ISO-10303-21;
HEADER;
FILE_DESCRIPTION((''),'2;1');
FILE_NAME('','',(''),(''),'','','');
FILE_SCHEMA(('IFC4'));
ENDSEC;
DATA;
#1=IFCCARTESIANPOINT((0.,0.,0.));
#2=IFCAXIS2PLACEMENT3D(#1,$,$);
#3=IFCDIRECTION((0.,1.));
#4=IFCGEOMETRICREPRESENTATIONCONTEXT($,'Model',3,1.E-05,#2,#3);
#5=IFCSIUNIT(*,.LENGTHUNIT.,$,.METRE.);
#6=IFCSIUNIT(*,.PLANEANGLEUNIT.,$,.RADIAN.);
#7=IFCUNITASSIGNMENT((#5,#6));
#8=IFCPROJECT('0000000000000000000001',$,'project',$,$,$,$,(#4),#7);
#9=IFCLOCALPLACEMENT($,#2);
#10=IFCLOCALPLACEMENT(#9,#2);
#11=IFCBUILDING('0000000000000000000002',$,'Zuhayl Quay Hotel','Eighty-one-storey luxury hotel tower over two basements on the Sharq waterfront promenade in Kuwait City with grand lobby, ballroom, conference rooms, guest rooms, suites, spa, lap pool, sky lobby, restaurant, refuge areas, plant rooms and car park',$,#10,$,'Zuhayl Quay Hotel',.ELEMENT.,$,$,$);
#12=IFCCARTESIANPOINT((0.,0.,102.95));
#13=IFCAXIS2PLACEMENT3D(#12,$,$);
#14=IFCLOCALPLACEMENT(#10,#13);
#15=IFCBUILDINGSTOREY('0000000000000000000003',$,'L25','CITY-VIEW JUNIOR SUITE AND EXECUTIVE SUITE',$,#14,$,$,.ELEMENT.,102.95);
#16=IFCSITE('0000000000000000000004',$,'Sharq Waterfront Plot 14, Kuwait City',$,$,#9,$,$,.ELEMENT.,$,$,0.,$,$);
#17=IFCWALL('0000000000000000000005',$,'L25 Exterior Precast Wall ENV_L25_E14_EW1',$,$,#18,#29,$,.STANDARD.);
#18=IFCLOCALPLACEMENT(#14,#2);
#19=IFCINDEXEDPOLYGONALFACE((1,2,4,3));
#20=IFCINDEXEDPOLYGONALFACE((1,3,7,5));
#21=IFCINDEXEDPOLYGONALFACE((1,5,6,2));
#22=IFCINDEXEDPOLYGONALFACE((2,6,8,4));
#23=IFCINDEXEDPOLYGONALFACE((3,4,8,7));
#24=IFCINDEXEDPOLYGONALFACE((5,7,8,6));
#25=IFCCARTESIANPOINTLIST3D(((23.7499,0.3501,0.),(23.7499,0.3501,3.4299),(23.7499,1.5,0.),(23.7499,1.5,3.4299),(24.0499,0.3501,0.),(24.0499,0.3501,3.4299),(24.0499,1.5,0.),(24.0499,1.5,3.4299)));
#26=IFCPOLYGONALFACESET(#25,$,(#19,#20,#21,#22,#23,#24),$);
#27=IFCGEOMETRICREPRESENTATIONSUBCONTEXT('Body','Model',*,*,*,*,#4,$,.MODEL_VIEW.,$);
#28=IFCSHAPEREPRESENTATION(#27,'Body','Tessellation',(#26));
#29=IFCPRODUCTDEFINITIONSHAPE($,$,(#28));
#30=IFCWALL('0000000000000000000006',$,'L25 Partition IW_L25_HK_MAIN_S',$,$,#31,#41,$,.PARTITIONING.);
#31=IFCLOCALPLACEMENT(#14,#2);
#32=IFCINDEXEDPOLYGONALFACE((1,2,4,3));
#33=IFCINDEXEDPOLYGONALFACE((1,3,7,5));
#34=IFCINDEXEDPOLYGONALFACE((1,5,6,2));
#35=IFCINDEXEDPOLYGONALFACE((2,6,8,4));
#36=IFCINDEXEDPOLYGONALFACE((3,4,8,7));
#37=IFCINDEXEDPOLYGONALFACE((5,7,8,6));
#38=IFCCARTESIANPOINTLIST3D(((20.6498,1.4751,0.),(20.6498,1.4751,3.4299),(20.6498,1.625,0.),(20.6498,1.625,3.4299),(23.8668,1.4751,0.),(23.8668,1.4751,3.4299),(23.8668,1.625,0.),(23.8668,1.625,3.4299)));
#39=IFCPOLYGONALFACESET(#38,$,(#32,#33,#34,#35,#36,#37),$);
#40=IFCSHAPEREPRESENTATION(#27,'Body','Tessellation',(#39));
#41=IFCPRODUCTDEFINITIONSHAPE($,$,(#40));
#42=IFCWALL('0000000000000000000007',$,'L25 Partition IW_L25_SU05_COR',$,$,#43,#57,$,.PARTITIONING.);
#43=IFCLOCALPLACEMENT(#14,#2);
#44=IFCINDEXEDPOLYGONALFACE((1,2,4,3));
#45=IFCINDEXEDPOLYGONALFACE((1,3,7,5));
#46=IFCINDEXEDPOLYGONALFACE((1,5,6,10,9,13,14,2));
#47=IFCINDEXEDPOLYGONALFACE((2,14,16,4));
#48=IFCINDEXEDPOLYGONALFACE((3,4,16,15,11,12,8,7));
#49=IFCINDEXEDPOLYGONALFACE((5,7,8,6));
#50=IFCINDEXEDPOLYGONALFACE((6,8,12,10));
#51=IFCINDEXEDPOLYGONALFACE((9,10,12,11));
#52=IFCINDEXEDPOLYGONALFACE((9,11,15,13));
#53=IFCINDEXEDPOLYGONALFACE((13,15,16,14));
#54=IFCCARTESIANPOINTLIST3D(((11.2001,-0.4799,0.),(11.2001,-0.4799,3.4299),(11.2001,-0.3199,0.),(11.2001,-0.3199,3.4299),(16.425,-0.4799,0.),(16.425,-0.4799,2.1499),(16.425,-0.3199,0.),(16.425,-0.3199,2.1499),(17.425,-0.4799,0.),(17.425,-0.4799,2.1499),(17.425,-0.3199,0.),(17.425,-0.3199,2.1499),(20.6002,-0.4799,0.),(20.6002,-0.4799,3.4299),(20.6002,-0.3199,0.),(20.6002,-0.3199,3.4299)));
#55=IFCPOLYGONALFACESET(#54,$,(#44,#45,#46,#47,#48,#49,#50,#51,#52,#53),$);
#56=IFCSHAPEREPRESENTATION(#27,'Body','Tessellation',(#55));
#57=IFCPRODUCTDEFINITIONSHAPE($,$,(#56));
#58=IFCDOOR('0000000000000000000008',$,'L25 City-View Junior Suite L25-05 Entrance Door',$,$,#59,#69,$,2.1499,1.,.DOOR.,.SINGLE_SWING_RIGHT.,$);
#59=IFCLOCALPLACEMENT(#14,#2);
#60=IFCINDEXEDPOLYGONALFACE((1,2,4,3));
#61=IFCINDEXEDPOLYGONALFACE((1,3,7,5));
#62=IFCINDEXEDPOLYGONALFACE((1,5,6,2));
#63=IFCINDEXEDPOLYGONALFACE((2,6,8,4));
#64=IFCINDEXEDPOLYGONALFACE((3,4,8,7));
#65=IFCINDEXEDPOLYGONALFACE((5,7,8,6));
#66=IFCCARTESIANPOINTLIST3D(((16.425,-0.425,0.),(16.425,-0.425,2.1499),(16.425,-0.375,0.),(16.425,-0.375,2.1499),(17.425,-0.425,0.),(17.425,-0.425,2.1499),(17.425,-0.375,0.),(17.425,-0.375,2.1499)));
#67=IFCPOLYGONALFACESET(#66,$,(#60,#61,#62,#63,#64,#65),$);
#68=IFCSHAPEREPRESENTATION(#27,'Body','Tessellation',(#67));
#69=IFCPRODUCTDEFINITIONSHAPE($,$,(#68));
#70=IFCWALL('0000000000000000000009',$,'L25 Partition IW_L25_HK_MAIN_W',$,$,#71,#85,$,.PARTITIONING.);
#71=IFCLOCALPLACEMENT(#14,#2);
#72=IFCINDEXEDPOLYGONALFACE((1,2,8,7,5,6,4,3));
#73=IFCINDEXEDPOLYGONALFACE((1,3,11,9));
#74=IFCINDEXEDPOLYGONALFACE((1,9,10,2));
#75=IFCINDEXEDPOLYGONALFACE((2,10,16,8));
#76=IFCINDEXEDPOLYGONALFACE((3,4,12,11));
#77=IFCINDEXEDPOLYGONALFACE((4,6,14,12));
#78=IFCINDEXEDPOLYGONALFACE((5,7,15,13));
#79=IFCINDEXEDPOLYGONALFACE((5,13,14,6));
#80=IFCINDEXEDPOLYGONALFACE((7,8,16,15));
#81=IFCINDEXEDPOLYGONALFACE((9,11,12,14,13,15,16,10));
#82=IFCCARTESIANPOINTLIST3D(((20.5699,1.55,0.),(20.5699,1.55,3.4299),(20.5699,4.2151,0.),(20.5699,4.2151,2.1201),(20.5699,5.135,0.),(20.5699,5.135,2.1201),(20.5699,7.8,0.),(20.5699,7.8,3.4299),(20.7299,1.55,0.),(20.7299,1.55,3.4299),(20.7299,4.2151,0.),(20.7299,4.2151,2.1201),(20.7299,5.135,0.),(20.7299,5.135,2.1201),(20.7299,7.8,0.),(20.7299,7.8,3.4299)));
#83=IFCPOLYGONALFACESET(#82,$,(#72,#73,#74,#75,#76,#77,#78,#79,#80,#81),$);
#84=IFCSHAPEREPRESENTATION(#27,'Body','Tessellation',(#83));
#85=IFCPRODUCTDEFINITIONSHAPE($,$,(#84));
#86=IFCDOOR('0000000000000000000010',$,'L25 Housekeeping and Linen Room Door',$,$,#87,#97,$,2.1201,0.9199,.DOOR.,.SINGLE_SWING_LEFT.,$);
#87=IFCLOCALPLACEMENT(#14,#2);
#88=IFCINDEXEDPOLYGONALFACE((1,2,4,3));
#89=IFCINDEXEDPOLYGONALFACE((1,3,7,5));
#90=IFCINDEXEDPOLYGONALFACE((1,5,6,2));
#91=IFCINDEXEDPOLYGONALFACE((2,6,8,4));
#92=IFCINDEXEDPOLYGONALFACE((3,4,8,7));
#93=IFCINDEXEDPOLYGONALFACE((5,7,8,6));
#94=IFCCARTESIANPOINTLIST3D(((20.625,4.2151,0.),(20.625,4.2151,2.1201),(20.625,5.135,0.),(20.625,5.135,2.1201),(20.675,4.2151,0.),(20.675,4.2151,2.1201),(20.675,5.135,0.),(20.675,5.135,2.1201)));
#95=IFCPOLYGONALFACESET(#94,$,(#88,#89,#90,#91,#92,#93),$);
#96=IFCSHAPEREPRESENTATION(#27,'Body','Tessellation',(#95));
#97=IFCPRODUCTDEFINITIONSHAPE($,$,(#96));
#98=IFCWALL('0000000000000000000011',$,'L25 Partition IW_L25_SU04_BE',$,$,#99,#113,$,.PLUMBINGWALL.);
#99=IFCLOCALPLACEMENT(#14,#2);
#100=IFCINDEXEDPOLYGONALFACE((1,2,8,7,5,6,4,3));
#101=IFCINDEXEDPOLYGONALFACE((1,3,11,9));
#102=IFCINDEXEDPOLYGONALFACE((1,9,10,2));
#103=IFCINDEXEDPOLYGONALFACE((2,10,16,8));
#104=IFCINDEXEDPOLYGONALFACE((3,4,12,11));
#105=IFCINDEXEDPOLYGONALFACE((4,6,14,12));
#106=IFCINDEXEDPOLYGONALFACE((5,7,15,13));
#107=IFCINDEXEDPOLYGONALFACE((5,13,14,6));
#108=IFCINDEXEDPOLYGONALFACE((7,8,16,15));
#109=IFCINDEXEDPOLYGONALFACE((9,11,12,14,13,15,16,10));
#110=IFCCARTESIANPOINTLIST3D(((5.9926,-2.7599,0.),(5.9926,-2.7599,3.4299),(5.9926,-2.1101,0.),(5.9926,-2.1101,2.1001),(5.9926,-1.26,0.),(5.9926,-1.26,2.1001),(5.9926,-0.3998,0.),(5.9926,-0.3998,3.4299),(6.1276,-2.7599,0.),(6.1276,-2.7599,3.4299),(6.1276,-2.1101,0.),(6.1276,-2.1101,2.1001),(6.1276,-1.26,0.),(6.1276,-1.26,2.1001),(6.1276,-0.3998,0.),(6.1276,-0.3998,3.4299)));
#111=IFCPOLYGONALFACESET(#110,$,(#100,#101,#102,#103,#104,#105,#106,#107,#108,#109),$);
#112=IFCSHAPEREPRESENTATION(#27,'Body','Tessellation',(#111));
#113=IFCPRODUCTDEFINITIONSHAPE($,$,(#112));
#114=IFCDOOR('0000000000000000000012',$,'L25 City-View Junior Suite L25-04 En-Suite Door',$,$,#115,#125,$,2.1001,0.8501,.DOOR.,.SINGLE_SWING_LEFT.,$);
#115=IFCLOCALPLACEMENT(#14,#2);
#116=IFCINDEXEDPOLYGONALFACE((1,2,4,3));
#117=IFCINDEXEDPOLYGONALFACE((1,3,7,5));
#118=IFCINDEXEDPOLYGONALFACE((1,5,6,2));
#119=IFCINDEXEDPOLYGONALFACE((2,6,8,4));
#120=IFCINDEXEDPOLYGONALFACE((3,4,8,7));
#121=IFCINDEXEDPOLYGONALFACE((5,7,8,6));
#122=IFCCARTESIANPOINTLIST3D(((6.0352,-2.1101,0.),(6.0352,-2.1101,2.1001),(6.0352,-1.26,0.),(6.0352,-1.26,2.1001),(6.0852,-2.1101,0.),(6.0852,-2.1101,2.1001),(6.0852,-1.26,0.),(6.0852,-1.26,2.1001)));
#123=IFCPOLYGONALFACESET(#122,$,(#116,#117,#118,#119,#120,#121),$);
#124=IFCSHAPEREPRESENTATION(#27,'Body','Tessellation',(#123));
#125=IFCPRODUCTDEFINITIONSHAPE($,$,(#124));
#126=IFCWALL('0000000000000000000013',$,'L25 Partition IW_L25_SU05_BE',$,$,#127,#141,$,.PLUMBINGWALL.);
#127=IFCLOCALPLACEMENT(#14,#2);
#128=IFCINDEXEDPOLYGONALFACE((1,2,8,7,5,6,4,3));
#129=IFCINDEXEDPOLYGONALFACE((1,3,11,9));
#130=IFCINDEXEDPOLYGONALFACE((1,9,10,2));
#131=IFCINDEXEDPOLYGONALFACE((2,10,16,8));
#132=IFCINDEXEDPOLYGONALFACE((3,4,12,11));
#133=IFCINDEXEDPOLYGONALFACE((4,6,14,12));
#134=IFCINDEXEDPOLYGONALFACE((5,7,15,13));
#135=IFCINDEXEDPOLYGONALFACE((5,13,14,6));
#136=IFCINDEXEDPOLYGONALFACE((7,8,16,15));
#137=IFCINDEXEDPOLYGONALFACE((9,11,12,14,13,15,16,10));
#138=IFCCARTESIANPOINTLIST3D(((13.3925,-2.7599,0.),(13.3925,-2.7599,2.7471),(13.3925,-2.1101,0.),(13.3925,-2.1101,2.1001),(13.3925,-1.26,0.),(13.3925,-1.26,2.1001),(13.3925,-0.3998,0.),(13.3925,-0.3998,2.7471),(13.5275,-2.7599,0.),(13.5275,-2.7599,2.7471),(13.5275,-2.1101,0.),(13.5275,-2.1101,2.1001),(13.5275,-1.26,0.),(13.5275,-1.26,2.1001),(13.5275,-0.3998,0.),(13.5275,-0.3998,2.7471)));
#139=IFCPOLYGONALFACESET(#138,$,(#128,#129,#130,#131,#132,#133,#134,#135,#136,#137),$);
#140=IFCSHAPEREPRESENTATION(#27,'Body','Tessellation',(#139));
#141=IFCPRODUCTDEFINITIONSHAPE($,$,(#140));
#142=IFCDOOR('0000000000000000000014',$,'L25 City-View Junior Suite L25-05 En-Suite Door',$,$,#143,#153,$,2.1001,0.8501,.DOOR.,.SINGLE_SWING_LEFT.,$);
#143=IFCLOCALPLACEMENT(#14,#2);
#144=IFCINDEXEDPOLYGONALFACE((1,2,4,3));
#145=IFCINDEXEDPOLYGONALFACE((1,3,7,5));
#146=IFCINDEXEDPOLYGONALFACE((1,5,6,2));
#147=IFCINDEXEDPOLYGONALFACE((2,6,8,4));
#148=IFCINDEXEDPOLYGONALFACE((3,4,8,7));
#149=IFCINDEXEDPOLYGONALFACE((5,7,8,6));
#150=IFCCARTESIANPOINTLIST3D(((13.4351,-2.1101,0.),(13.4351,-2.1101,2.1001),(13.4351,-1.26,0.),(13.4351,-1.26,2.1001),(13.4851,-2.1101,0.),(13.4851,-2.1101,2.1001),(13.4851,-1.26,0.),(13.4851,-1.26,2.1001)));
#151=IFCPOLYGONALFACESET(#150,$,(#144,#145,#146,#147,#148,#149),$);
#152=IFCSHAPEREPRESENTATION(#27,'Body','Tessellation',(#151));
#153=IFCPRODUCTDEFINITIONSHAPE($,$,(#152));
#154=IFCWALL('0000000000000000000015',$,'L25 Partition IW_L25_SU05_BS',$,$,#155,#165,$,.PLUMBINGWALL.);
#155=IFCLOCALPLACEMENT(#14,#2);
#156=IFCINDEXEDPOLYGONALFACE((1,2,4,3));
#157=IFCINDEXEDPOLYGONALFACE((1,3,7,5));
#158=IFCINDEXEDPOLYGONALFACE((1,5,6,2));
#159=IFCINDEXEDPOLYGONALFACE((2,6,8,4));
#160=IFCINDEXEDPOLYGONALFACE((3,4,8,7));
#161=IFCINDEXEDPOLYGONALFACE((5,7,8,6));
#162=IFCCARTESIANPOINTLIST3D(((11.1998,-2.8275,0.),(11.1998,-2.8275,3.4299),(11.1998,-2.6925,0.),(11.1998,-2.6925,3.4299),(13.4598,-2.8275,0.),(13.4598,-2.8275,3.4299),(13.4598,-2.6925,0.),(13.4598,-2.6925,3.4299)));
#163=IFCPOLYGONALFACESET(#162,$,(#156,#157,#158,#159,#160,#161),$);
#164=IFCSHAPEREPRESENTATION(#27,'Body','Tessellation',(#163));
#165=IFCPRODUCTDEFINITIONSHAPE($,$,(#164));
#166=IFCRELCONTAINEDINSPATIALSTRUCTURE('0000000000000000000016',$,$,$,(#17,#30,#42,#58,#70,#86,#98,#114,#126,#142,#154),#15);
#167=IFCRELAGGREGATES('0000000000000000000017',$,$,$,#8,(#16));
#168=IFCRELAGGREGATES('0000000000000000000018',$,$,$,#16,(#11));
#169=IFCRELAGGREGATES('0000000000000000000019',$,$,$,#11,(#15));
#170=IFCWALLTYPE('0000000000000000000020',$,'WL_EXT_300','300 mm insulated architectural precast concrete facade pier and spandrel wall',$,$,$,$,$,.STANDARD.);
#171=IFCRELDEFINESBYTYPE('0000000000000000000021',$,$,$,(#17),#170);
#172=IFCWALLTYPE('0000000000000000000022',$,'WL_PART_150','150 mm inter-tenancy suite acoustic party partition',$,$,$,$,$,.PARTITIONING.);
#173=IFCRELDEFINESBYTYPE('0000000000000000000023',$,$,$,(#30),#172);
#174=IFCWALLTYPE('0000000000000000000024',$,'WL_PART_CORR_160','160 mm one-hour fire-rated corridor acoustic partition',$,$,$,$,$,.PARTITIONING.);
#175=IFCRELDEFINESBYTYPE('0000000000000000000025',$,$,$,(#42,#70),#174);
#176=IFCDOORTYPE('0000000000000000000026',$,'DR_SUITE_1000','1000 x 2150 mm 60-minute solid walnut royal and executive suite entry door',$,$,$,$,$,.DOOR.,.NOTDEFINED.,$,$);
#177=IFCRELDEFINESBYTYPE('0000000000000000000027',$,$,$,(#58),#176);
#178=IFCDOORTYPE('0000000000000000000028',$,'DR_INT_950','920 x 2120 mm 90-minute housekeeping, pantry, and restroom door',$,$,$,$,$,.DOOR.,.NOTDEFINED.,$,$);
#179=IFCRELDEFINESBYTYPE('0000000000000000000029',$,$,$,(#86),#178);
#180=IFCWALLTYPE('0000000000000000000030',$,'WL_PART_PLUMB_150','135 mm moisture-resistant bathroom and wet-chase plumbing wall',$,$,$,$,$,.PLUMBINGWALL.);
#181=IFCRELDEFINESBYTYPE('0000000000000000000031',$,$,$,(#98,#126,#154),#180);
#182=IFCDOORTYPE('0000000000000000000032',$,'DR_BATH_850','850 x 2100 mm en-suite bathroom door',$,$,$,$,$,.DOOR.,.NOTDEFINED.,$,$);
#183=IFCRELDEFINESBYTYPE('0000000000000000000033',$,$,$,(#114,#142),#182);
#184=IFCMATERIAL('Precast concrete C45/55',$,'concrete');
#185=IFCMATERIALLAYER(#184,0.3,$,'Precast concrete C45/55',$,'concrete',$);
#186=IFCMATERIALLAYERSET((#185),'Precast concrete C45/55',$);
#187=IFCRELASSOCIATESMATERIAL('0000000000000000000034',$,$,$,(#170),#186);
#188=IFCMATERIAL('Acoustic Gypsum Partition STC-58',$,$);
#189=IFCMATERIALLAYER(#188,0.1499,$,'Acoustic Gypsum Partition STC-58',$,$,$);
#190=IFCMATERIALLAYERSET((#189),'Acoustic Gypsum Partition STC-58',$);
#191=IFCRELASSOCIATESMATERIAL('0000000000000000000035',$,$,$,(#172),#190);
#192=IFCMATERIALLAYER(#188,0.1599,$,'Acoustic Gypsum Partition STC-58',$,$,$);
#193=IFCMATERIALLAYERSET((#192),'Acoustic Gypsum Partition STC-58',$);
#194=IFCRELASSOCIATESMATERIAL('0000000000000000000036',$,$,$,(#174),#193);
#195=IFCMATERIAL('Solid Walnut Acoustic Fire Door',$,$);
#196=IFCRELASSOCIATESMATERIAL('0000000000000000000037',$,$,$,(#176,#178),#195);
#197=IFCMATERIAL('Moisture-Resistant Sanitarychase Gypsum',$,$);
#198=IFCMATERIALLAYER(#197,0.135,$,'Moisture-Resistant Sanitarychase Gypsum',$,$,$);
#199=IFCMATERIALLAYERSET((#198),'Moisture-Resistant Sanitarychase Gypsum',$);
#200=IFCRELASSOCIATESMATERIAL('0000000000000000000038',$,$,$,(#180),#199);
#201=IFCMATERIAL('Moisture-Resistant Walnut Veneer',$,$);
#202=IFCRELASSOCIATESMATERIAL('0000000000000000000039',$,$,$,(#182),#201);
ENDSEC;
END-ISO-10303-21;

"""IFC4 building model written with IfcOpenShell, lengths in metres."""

from ifc_helpers import new_model, si_unit, direction, frame, frame_2d, origin, place, context, subcontext, project, spatial, rectangle, extrude, material, layer, layer_set, type_object, element, fill, save


model = new_model("IFC4")

# Units and contexts
model_context = context("Model", 3, precision=1e-05, world=origin(), true_north=direction((0.0, 1.0)))
body_context = subcontext(model_context, "Body", "Model", "MODEL_VIEW")
ifc_project = project(units=[si_unit("LENGTHUNIT", "METRE"), si_unit("PLANEANGLEUNIT", "RADIAN")], contexts=[model_context])

# Site, building, storey
site_placement = place(None, origin())
site = spatial("IfcSite", under=ifc_project, at=site_placement, Name="Sharq Waterfront Plot 14, Kuwait City", CompositionType="ELEMENT", RefElevation=0.0)
building_placement = place(site_placement, origin())
building = spatial("IfcBuilding", under=site, at=building_placement, Name="Zuhayl Quay Hotel", Description="Eighty-one-storey luxury hotel tower over two basements on the Sharq waterfront promenade in Kuwait City with grand lobby, ballroom, conference rooms, guest rooms, suites, spa, lap pool, sky lobby, restaurant, refuge areas, plant rooms and car park", LongName="Zuhayl Quay Hotel", CompositionType="ELEMENT")
storey_placement = place(building_placement, frame((0.0, 0.0, 102.95)))
storey = spatial("IfcBuildingStorey", under=building, at=storey_placement, Name="L25", Description="CITY-VIEW JUNIOR SUITE AND EXECUTIVE SUITE", CompositionType="ELEMENT", Elevation=102.95)

# Walls
ifc_material_1 = material(Name="Precast concrete C45/55", Category="concrete")
ifc_layer_1 = layer(ifc_material_1, 0.3, Name="Precast concrete C45/55", Category="concrete")
ifc_layer_set_1 = layer_set([ifc_layer_1], Name="Precast concrete C45/55")
wall_type_1 = type_object("IfcWallType", Name="WL_EXT_300", Description="300 mm insulated architectural precast concrete facade pier and spandrel wall", PredefinedType="STANDARD", material=ifc_layer_set_1)
wall_1_placement = place(storey_placement, frame((23.8999, 1.5, 0.0), z_axis=(0.0, 0.0, 1.0), x_axis=(0.0, -1.0, 0.0)))
element("IfcWall", 1, at=wall_1_placement, inside=storey, type_object=wall_type_1, Name="L25 Exterior Precast Wall ENV_L25_E14_EW1", PredefinedType="STANDARD", context=body_context, shape_type="SweptSolid", body=[
    extrude(rectangle(XDim=1.1499, YDim=0.3, at=frame_2d((0.575, 0.0))), origin(), (0.0, 0.0, 1.0), 3.4299),
])
ifc_material_2 = material(Name="Acoustic Gypsum Partition STC-58")
ifc_layer_2 = layer(ifc_material_2, 0.1499, Name="Acoustic Gypsum Partition STC-58")
ifc_layer_set_2 = layer_set([ifc_layer_2], Name="Acoustic Gypsum Partition STC-58")
wall_type_2 = type_object("IfcWallType", Name="WL_PART_150", Description="150 mm inter-tenancy suite acoustic party partition", PredefinedType="PARTITIONING", material=ifc_layer_set_2)
wall_2_placement = place(storey_placement, frame((20.6499, 1.55, 0.0), z_axis=(0.0, 0.0, 1.0), x_axis=(1.0, 0.0, 0.0)))
element("IfcWall", 2, at=wall_2_placement, inside=storey, type_object=wall_type_2, Name="L25 Partition IW_L25_HK_MAIN_S", PredefinedType="PARTITIONING", context=body_context, shape_type="SweptSolid", body=[
    extrude(rectangle(XDim=3.217, YDim=0.1499, at=frame_2d((1.6084, 0.0))), origin(), (0.0, 0.0, 1.0), 3.4299),
])

# Walls, openings, doors
ifc_layer_3 = layer(ifc_material_2, 0.1599, Name="Acoustic Gypsum Partition STC-58")
ifc_layer_set_3 = layer_set([ifc_layer_3], Name="Acoustic Gypsum Partition STC-58")
wall_type_3 = type_object("IfcWallType", Name="WL_PART_CORR_160", Description="160 mm one-hour fire-rated corridor acoustic partition", PredefinedType="PARTITIONING", material=ifc_layer_set_3)
wall_3_placement = place(storey_placement, frame((11.2, -0.3999, 0.0), z_axis=(0.0, 0.0, 1.0), x_axis=(1.0, 0.0, 0.0)))
wall_3 = element("IfcWall", 3, at=wall_3_placement, inside=storey, type_object=wall_type_3, Name="L25 Partition IW_L25_SU05_COR", PredefinedType="PARTITIONING", context=body_context, shape_type="SweptSolid", body=[
    extrude(rectangle(XDim=9.4001, YDim=0.1599, at=frame_2d((4.7002, 0.0))), origin(), (0.0, 0.0, 1.0), 3.4299),
])
opening_1_placement = place(wall_3_placement, frame((5.2251, 0.0, 0.0)))
opening_1 = element("IfcOpeningElement", 4, at=opening_1_placement, cuts=wall_3, PredefinedType="OPENING", context=body_context, shape_type="SweptSolid", body=[
    extrude(rectangle(XDim=1.0, YDim=2.1499, at=frame_2d((0.5, 1.075))), frame((0.0, 0.0898, 0.0), z_axis=(0.0, -1.0, 0.0), x_axis=(1.0, 0.0, 0.0)), (0.0, 0.0, 1.0), 0.1799),
])
ifc_material_3 = material(Name="Solid Walnut Acoustic Fire Door")
door_type_1 = type_object("IfcDoorType", Name="DR_SUITE_1000", Description="1000 x 2150 mm 60-minute solid walnut royal and executive suite entry door", OperationType="NOTDEFINED", PredefinedType="DOOR", material=ifc_material_3)
door_1_placement = place(opening_1_placement, origin())
door_1 = element("IfcDoor", 5, at=door_1_placement, inside=storey, type_object=door_type_1, Name="L25 City-View Junior Suite L25-05 Entrance Door", OperationType="SINGLE_SWING_RIGHT", OverallHeight=2.1499, OverallWidth=1.0, PredefinedType="DOOR", context=body_context, shape_type="SweptSolid", body=[
    extrude(rectangle(XDim=1.0, YDim=2.1499, at=frame_2d((0.5, 1.075))), frame((0.0, 0.0249, 0.0), z_axis=(0.0, -1.0, 0.0), x_axis=(1.0, 0.0, 0.0)), (0.0, 0.0, 1.0), 0.05),
])
fill(opening_1, door_1)
wall_4_placement = place(storey_placement, frame((20.6499, 1.55, 0.0), z_axis=(0.0, 0.0, 1.0), x_axis=(0.0, 1.0, 0.0)))
wall_4 = element("IfcWall", 6, at=wall_4_placement, inside=storey, type_object=wall_type_3, Name="L25 Partition IW_L25_HK_MAIN_W", PredefinedType="PARTITIONING", context=body_context, shape_type="SweptSolid", body=[
    extrude(rectangle(XDim=6.25, YDim=0.1599, at=frame_2d((3.125, 0.0))), origin(), (0.0, 0.0, 1.0), 3.4299),
])
opening_2_placement = place(wall_4_placement, frame((2.665, 0.0, 0.0)))
opening_2 = element("IfcOpeningElement", 7, at=opening_2_placement, cuts=wall_4, PredefinedType="OPENING", context=body_context, shape_type="SweptSolid", body=[
    extrude(rectangle(XDim=0.9199, YDim=2.1201, at=frame_2d((0.46, 1.0601))), frame((0.0, 0.0898, 0.0), z_axis=(0.0, -1.0, 0.0), x_axis=(1.0, 0.0, 0.0)), (0.0, 0.0, 1.0), 0.1799),
])
door_type_2 = type_object("IfcDoorType", Name="DR_INT_950", Description="920 x 2120 mm 90-minute housekeeping, pantry, and restroom door", OperationType="NOTDEFINED", PredefinedType="DOOR", material=ifc_material_3)
door_2_placement = place(opening_2_placement, origin())
door_2 = element("IfcDoor", 8, at=door_2_placement, inside=storey, type_object=door_type_2, Name="L25 Housekeeping and Linen Room Door", OperationType="SINGLE_SWING_LEFT", OverallHeight=2.1201, OverallWidth=0.9199, PredefinedType="DOOR", context=body_context, shape_type="SweptSolid", body=[
    extrude(rectangle(XDim=0.9199, YDim=2.1201, at=frame_2d((0.46, 1.0601))), frame((0.0, 0.0249, 0.0), z_axis=(0.0, -1.0, 0.0), x_axis=(1.0, 0.0, 0.0)), (0.0, 0.0, 1.0), 0.05),
])
fill(opening_2, door_2)
ifc_material_4 = material(Name="Moisture-Resistant Sanitarychase Gypsum")
ifc_layer_4 = layer(ifc_material_4, 0.135, Name="Moisture-Resistant Sanitarychase Gypsum")
ifc_layer_set_4 = layer_set([ifc_layer_4], Name="Moisture-Resistant Sanitarychase Gypsum")
wall_type_4 = type_object("IfcWallType", Name="WL_PART_PLUMB_150", Description="135 mm moisture-resistant bathroom and wet-chase plumbing wall", PredefinedType="PLUMBINGWALL", material=ifc_layer_set_4)
wall_5_placement = place(storey_placement, frame((6.0601, -2.76, 0.0), z_axis=(0.0, 0.0, 1.0), x_axis=(0.0, 1.0, 0.0)))
wall_5 = element("IfcWall", 9, at=wall_5_placement, inside=storey, type_object=wall_type_4, Name="L25 Partition IW_L25_SU04_BE", PredefinedType="PLUMBINGWALL", context=body_context, shape_type="SweptSolid", body=[
    extrude(rectangle(XDim=2.3601, YDim=0.135, at=frame_2d((1.1802, 0.0))), origin(), (0.0, 0.0, 1.0), 3.4299),
])
opening_3_placement = place(wall_5_placement, frame((0.6499, 0.0, 0.0)))
opening_3 = element("IfcOpeningElement", 10, at=opening_3_placement, cuts=wall_5, PredefinedType="OPENING", context=body_context, shape_type="SweptSolid", body=[
    extrude(rectangle(XDim=0.8501, YDim=2.1001, at=frame_2d((0.425, 1.05))), frame((0.0, 0.0774, 0.0), z_axis=(0.0, -1.0, 0.0), x_axis=(1.0, 0.0, 0.0)), (0.0, 0.0, 1.0), 0.155),
])
ifc_material_5 = material(Name="Moisture-Resistant Walnut Veneer")
door_type_3 = type_object("IfcDoorType", Name="DR_BATH_850", Description="850 x 2100 mm en-suite bathroom door", OperationType="NOTDEFINED", PredefinedType="DOOR", material=ifc_material_5)
door_3_placement = place(opening_3_placement, origin())
door_3 = element("IfcDoor", 11, at=door_3_placement, inside=storey, type_object=door_type_3, Name="L25 City-View Junior Suite L25-04 En-Suite Door", OperationType="SINGLE_SWING_LEFT", OverallHeight=2.1001, OverallWidth=0.8501, PredefinedType="DOOR", context=body_context, shape_type="SweptSolid", body=[
    extrude(rectangle(XDim=0.8501, YDim=2.1001, at=frame_2d((0.425, 1.05))), frame((0.0, 0.0249, 0.0), z_axis=(0.0, -1.0, 0.0), x_axis=(1.0, 0.0, 0.0)), (0.0, 0.0, 1.0), 0.05),
])
fill(opening_3, door_3)
wall_6_placement = place(storey_placement, frame((13.46, -2.76, 0.0), z_axis=(0.0, 0.0, 1.0), x_axis=(0.0, 1.0, 0.0)))
wall_6 = element("IfcWall", 12, at=wall_6_placement, inside=storey, type_object=wall_type_4, Name="L25 Partition IW_L25_SU05_BE", PredefinedType="PLUMBINGWALL", context=body_context, shape_type="SweptSolid", body=[
    extrude(rectangle(XDim=2.3601, YDim=0.135, at=frame_2d((1.1802, 0.0))), origin(), (0.0, 0.0, 1.0), 2.7471),
])
opening_4_placement = place(wall_6_placement, frame((0.6499, 0.0, 0.0)))
opening_4 = element("IfcOpeningElement", 13, at=opening_4_placement, cuts=wall_6, PredefinedType="OPENING", context=body_context, shape_type="SweptSolid", body=[
    extrude(rectangle(XDim=0.8501, YDim=2.1001, at=frame_2d((0.425, 1.05))), frame((0.0, 0.0774, 0.0), z_axis=(0.0, -1.0, 0.0), x_axis=(1.0, 0.0, 0.0)), (0.0, 0.0, 1.0), 0.155),
])
door_4_placement = place(opening_4_placement, origin())
door_4 = element("IfcDoor", 14, at=door_4_placement, inside=storey, type_object=door_type_3, Name="L25 City-View Junior Suite L25-05 En-Suite Door", OperationType="SINGLE_SWING_LEFT", OverallHeight=2.1001, OverallWidth=0.8501, PredefinedType="DOOR", context=body_context, shape_type="SweptSolid", body=[
    extrude(rectangle(XDim=0.8501, YDim=2.1001, at=frame_2d((0.425, 1.05))), frame((0.0, 0.0249, 0.0), z_axis=(0.0, -1.0, 0.0), x_axis=(1.0, 0.0, 0.0)), (0.0, 0.0, 1.0), 0.05),
])
fill(opening_4, door_4)

# Wall
wall_7_placement = place(storey_placement, frame((11.2, -2.76, 0.0), z_axis=(0.0, 0.0, 1.0), x_axis=(1.0, 0.0, 0.0)))
element("IfcWall", 15, at=wall_7_placement, inside=storey, type_object=wall_type_4, Name="L25 Partition IW_L25_SU05_BS", PredefinedType="PLUMBINGWALL", context=body_context, shape_type="SweptSolid", body=[
    extrude(rectangle(XDim=2.26, YDim=0.135, at=frame_2d((1.1299, 0.0))), origin(), (0.0, 0.0, 1.0), 3.4299),
])

save(model, "model.ifc")
